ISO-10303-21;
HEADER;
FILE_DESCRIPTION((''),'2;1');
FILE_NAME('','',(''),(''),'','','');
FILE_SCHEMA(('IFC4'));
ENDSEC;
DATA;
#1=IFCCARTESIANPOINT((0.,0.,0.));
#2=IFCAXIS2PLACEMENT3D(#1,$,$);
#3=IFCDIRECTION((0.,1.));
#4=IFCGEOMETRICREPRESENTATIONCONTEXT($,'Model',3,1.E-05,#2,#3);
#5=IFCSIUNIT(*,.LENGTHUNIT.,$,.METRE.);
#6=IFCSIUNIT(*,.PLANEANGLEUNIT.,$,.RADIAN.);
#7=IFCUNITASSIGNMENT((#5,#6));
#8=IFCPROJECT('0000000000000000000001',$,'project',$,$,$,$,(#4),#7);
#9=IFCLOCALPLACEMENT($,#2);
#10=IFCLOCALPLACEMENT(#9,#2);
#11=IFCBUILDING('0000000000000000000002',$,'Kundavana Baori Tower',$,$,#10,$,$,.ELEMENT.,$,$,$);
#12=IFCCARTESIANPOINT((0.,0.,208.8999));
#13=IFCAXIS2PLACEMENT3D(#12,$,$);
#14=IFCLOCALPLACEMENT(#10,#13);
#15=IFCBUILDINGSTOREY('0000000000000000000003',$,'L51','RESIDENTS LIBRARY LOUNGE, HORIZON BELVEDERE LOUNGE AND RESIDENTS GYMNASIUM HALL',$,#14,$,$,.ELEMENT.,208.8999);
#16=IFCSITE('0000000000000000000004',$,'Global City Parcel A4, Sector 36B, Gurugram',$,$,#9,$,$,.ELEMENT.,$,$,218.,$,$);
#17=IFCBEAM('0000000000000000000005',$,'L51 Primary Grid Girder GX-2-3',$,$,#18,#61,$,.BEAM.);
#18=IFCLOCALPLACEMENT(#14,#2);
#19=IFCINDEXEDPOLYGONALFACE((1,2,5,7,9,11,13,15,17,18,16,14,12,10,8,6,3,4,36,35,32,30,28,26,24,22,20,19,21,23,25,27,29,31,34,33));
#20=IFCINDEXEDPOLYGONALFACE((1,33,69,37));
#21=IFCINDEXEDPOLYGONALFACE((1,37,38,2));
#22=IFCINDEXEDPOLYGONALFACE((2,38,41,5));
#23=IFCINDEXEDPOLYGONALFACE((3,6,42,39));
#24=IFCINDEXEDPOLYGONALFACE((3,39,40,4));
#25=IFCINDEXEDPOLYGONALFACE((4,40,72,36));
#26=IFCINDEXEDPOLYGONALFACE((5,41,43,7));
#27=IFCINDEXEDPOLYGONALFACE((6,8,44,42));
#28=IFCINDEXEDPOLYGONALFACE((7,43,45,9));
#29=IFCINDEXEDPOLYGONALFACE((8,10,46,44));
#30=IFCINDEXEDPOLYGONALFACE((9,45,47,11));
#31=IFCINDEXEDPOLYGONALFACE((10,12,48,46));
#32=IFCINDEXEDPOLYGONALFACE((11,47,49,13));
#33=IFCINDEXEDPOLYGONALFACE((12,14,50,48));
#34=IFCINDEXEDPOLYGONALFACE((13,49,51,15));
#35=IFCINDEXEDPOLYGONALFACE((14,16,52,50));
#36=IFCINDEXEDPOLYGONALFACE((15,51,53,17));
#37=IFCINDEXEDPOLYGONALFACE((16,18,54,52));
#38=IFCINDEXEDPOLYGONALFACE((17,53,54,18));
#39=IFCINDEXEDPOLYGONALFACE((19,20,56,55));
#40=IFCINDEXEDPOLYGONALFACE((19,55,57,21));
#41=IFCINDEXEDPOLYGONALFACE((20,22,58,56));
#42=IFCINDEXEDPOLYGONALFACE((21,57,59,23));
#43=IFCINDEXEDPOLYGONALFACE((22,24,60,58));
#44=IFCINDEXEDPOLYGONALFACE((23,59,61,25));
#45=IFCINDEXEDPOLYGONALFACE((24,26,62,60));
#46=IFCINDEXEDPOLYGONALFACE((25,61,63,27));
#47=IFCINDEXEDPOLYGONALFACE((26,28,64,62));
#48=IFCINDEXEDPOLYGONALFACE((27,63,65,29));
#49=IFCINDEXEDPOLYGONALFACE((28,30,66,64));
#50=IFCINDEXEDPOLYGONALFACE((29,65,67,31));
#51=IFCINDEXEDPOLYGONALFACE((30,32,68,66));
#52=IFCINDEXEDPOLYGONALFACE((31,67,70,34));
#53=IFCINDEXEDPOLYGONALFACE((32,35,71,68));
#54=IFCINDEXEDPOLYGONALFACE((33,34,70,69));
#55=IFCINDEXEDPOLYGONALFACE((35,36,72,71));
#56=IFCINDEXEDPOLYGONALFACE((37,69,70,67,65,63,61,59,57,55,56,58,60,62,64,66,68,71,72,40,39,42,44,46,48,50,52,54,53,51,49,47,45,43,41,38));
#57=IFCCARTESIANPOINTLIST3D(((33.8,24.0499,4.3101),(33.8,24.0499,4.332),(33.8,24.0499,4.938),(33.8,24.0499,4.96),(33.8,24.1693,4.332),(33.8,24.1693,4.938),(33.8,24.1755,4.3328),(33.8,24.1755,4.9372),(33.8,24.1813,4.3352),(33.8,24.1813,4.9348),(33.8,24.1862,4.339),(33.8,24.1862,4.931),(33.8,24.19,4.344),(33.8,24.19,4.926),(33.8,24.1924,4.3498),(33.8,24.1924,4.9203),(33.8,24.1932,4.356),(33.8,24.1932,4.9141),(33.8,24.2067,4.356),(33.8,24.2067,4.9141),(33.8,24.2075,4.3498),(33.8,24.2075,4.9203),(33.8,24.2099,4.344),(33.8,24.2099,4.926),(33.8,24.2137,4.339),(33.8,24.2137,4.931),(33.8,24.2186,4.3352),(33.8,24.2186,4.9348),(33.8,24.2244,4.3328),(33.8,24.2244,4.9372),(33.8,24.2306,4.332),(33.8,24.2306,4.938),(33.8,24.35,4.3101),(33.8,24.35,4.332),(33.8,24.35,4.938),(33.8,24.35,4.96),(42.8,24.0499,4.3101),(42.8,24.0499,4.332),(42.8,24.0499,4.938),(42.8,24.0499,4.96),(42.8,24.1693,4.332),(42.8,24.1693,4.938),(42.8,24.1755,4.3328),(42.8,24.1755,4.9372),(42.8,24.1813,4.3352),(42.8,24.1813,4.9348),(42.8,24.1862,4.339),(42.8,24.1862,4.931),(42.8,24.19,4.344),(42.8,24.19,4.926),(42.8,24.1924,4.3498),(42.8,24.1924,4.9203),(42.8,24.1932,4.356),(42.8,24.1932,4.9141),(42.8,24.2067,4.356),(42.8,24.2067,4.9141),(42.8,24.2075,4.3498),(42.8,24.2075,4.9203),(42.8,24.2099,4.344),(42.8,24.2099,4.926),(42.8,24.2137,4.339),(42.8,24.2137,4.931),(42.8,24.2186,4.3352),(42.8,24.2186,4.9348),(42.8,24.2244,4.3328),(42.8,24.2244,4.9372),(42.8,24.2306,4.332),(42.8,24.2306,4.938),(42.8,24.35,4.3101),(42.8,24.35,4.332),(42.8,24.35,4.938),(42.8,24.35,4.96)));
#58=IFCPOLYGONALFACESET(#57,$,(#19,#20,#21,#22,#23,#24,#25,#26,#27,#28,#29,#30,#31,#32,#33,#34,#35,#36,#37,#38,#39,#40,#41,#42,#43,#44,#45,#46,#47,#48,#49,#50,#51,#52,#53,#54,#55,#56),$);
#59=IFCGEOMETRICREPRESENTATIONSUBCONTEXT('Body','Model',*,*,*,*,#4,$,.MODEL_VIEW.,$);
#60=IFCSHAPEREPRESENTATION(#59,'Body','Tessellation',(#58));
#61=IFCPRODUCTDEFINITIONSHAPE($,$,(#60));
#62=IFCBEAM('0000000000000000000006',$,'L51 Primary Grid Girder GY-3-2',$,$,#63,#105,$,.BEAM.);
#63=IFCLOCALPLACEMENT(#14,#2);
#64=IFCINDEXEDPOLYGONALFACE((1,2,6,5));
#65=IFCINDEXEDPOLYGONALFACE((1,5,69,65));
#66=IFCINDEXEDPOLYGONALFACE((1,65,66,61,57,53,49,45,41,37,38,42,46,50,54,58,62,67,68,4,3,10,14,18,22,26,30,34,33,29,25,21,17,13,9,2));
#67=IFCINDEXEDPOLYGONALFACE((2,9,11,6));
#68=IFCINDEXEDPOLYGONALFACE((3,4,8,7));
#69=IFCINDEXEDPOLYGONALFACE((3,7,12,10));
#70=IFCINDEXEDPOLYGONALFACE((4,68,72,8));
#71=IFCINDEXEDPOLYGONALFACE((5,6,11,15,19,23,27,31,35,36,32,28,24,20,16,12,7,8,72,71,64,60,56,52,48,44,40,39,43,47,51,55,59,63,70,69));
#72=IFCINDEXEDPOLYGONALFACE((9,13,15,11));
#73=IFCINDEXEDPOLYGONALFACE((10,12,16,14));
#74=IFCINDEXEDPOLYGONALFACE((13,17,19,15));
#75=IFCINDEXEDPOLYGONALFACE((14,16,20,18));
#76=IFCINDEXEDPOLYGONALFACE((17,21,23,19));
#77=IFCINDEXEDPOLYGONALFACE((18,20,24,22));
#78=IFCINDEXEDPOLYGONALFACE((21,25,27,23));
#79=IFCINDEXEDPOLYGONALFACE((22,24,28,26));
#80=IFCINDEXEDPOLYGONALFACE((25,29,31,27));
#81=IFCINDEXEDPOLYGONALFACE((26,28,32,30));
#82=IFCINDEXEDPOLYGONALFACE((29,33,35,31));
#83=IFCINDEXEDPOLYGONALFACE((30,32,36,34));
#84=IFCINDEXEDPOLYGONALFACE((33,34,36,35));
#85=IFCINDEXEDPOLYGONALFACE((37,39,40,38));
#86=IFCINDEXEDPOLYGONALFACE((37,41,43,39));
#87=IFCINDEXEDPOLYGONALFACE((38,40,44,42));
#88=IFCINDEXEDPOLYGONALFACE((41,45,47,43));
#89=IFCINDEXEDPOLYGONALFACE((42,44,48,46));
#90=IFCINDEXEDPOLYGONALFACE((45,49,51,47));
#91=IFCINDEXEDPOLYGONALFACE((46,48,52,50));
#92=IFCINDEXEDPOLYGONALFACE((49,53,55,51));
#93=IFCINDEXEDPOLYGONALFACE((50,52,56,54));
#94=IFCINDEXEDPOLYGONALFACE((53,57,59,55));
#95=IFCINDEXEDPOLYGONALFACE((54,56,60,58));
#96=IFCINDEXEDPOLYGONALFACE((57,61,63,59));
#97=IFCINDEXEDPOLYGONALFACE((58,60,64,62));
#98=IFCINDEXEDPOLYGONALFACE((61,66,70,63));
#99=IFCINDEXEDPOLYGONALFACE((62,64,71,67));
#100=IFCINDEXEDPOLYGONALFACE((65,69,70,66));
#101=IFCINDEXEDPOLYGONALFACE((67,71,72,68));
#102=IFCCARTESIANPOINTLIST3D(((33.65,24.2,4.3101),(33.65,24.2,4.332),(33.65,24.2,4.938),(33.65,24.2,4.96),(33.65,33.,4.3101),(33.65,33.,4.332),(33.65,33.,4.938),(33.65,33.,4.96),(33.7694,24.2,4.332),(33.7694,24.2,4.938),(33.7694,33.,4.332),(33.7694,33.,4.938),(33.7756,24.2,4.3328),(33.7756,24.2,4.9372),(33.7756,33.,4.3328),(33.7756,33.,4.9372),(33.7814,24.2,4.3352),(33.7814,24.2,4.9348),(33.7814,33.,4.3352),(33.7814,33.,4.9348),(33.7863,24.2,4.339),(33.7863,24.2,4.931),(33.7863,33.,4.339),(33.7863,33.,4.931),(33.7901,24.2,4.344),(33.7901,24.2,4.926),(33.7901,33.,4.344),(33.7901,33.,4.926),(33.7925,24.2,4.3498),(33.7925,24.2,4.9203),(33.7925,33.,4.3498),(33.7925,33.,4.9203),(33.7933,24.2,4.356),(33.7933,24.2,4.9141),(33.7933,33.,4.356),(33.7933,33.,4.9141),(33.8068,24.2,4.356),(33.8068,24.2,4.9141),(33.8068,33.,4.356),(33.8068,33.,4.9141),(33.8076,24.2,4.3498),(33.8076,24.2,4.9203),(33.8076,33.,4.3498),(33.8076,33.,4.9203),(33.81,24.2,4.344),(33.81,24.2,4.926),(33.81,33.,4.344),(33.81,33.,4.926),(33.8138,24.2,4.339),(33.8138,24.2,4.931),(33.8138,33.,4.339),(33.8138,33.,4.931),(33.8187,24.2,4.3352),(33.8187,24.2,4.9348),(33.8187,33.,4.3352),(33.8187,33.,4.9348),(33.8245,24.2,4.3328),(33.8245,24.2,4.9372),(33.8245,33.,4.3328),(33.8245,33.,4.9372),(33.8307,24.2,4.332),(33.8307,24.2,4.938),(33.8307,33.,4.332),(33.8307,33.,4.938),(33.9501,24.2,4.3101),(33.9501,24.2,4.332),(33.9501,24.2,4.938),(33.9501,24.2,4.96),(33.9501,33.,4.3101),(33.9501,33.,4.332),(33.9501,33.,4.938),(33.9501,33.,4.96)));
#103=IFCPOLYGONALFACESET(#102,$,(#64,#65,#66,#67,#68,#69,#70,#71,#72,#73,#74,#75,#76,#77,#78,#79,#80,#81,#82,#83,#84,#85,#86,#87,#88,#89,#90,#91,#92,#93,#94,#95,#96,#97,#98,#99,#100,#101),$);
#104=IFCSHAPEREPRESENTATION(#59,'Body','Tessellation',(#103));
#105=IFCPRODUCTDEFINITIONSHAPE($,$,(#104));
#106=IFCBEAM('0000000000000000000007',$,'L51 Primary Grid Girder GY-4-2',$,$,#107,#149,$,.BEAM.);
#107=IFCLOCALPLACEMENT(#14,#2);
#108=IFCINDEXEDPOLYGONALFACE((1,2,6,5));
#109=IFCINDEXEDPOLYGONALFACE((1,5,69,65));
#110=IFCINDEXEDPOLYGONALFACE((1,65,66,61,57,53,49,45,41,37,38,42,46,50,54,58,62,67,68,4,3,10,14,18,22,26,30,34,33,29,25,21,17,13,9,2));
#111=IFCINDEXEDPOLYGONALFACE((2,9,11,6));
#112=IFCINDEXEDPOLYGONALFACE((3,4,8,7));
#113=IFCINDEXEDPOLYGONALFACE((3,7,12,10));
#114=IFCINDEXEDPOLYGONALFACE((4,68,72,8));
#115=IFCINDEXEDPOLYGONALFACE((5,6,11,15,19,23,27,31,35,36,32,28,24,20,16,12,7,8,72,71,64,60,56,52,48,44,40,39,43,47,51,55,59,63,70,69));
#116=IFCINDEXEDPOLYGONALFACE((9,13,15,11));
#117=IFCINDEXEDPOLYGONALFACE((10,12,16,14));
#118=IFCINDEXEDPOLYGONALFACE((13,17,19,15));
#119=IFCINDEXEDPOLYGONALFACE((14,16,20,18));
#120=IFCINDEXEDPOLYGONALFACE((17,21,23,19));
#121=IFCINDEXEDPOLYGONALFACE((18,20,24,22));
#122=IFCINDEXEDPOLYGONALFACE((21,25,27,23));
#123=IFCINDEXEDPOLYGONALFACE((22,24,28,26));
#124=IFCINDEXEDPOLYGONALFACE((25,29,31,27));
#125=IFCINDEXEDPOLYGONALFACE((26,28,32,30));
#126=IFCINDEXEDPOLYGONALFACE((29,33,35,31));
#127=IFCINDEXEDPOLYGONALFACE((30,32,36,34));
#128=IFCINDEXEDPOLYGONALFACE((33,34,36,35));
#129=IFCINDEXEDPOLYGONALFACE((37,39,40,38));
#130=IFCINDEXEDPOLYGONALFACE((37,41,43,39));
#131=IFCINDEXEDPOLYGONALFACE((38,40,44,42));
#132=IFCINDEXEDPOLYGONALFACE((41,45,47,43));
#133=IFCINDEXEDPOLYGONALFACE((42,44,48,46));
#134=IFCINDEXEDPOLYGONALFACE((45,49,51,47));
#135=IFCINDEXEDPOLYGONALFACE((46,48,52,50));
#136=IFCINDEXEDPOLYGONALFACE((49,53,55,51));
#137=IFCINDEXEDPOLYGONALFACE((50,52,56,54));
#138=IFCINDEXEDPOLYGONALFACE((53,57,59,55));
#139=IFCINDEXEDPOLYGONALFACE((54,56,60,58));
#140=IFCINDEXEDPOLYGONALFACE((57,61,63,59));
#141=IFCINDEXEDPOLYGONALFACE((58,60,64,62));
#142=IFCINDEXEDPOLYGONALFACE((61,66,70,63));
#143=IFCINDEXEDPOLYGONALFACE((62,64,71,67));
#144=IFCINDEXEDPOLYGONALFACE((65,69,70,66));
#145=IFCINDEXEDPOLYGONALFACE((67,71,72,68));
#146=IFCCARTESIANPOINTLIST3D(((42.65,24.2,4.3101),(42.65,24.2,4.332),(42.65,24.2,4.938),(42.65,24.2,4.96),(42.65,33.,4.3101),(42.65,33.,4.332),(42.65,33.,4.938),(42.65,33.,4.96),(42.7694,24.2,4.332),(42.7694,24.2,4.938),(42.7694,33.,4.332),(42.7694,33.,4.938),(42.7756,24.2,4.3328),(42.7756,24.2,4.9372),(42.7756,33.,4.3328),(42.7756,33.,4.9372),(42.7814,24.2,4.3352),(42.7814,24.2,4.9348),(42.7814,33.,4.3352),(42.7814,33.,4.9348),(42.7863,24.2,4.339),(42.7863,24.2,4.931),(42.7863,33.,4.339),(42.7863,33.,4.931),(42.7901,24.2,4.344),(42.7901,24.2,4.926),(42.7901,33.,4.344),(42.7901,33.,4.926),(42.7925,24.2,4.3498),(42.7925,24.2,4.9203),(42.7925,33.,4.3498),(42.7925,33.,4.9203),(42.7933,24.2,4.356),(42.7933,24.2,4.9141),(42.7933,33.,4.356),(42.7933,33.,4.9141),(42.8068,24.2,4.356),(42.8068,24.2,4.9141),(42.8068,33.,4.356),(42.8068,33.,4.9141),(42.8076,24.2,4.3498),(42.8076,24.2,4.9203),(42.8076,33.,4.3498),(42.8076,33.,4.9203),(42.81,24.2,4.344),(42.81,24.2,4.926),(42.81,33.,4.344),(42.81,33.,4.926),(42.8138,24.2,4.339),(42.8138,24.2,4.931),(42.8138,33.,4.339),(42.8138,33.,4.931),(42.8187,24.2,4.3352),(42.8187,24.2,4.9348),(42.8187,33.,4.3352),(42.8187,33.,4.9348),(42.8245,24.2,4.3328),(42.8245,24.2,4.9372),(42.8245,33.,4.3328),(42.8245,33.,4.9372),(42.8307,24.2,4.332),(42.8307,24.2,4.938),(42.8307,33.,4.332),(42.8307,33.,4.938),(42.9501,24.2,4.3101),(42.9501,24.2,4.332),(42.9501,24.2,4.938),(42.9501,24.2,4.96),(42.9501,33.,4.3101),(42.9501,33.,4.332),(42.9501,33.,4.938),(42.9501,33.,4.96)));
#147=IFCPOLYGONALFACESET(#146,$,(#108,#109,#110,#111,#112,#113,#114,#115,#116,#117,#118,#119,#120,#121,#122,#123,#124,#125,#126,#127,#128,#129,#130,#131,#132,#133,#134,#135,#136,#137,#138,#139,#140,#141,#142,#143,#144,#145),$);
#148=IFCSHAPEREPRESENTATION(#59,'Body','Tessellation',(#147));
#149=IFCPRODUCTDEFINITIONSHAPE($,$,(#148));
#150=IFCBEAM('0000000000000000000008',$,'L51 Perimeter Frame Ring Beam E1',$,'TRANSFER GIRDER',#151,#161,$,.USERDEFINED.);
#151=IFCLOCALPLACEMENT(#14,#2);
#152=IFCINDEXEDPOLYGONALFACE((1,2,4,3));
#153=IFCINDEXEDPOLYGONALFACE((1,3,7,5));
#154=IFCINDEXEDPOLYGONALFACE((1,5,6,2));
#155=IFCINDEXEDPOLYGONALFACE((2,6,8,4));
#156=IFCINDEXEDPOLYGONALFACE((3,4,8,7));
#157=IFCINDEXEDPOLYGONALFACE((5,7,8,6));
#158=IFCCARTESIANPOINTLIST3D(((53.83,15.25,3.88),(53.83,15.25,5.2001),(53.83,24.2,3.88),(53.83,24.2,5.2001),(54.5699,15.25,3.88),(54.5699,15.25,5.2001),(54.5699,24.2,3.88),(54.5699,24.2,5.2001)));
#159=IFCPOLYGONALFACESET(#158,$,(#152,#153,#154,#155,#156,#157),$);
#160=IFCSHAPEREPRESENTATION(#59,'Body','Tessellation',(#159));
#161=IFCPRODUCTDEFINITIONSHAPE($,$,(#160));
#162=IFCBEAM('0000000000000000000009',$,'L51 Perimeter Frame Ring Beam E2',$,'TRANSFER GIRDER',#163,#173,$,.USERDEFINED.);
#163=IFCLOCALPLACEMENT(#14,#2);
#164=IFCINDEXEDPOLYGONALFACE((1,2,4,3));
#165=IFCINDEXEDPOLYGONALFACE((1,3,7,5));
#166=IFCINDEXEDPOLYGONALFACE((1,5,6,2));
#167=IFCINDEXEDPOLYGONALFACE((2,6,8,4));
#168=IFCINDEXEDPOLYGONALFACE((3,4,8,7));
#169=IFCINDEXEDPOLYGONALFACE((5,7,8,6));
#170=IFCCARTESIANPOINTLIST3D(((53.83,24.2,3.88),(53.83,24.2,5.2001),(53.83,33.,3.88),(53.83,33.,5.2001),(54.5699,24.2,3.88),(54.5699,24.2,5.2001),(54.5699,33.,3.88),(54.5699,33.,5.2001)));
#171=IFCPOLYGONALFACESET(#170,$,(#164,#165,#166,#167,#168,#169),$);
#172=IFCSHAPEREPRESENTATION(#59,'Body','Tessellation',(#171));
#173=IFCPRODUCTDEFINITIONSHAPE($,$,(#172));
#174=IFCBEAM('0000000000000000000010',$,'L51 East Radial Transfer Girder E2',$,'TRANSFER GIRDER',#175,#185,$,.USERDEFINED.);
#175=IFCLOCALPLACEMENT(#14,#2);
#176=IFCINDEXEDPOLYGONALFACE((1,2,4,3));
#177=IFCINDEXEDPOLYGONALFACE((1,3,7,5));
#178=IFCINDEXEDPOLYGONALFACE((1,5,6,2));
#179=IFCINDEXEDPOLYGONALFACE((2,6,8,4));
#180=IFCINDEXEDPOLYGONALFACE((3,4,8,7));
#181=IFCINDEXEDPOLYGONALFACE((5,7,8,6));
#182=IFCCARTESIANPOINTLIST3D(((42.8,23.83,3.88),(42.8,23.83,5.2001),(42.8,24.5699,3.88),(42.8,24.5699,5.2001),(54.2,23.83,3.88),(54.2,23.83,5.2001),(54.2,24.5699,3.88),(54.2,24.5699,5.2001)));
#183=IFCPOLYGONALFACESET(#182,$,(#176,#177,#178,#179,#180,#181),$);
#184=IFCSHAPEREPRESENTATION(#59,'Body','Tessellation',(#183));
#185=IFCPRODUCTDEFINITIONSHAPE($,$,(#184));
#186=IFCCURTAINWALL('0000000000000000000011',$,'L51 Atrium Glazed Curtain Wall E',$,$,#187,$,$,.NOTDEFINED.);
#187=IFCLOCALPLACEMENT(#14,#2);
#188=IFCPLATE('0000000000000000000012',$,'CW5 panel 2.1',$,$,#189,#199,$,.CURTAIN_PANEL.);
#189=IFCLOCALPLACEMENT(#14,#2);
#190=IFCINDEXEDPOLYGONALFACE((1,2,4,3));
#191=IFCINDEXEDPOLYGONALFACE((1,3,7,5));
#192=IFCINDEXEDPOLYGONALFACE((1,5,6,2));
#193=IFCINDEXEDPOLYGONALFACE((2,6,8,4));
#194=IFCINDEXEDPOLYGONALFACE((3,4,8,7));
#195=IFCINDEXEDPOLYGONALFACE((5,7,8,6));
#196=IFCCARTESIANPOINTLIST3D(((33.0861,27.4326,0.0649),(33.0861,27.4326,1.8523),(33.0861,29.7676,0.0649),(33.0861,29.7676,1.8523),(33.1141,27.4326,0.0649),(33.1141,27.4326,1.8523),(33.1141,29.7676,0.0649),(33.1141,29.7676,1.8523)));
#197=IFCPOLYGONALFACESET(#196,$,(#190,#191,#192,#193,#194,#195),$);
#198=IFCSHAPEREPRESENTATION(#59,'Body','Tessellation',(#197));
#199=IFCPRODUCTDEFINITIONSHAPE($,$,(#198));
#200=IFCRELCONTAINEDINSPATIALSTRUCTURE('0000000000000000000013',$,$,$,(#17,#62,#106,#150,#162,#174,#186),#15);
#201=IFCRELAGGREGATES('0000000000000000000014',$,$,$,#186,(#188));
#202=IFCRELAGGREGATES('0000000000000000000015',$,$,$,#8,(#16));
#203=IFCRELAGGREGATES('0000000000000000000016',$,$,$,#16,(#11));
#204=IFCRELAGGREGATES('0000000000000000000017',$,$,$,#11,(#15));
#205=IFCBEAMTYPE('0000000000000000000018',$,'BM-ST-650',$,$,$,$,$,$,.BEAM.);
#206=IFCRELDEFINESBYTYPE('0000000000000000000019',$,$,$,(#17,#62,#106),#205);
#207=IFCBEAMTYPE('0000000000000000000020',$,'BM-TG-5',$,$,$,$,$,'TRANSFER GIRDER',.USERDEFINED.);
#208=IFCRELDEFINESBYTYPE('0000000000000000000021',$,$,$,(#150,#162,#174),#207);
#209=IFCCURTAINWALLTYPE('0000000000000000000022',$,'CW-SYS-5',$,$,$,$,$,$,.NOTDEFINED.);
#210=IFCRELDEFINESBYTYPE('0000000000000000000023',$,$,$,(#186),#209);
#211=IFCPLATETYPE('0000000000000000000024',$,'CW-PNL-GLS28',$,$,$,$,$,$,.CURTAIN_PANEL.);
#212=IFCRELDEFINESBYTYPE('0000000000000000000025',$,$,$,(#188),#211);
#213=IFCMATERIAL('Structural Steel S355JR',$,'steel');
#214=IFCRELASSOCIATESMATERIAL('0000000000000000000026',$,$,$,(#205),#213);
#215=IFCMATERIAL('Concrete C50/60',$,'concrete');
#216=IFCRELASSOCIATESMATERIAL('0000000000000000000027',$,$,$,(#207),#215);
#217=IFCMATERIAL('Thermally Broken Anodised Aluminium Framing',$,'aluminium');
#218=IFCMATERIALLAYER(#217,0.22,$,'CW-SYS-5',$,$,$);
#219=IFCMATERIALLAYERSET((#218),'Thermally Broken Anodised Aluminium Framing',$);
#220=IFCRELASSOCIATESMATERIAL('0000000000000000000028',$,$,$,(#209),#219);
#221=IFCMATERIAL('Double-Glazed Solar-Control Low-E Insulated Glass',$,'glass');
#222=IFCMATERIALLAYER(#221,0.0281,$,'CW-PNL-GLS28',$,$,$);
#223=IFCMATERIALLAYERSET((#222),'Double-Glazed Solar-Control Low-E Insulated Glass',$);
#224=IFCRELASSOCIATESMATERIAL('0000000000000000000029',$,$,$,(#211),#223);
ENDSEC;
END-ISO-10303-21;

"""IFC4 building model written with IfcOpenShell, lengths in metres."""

from ifc_helpers import new_model, si_unit, direction, frame, origin, origin_2d, place, context, subcontext, project, spatial, rectangle, i_section, extrude, material, layer, layer_set, material_profile, profile_set, type_object, element, aggregate, save


model = new_model("IFC4")

# Units and contexts
model_context = context("Model", 3, precision=1e-05, world=origin(), true_north=direction((0.0, 1.0)))
body_context = subcontext(model_context, "Body", "Model", "MODEL_VIEW")
ifc_project = project(units=[si_unit("LENGTHUNIT", "METRE"), si_unit("PLANEANGLEUNIT", "RADIAN")], contexts=[model_context])

# Site, building, storey
site_placement = place(None, origin())
site = spatial("IfcSite", under=ifc_project, at=site_placement, Name="Global City Parcel A4, Sector 36B, Gurugram", CompositionType="ELEMENT", RefElevation=218.0)
building_placement = place(site_placement, origin())
building = spatial("IfcBuilding", under=site, at=building_placement, Name="Kundavana Baori Tower", CompositionType="ELEMENT")
storey_placement = place(building_placement, frame((0.0, 0.0, 208.8999)))
storey = spatial("IfcBuildingStorey", under=building, at=storey_placement, Name="L51", Description="RESIDENTS LIBRARY LOUNGE, HORIZON BELVEDERE LOUNGE AND RESIDENTS GYMNASIUM HALL", CompositionType="ELEMENT", Elevation=208.8999)

# Beams
ifc_material_1 = material(Name="Structural Steel S355JR", Category="steel")
ifc_material_profile_1 = material_profile(ifc_material_1, i_section(OverallWidth=0.3, OverallDepth=0.6499, WebThickness=0.0134, FlangeThickness=0.022, FilletRadius=0.0239, at=origin_2d()), Name="NPB 650x300x155")
ifc_profile_set_1 = profile_set([ifc_material_profile_1], Name="Structural Steel S355JR")
beam_type_1 = type_object("IfcBeamType", Name="BM-ST-650", PredefinedType="BEAM", material=ifc_profile_set_1)
beam_1_placement = place(storey_placement, frame((33.8, 24.2, 4.635), z_axis=(1.0, 0.0, 0.0), x_axis=(0.0, 1.0, 0.0)))
element("IfcBeam", 1, at=beam_1_placement, inside=storey, type_object=beam_type_1, Name="L51 Primary Grid Girder GX-2-3", PredefinedType="BEAM", context=body_context, shape_type="SweptSolid", body=[
    extrude(i_section(OverallWidth=0.3, OverallDepth=0.6499, WebThickness=0.0134, FlangeThickness=0.022, FilletRadius=0.0239, at=origin_2d()), origin(), (0.0, 0.0, 1.0), 9.0),
])
for number, where, z_axis, x_axis, name in (
    (2, (33.8, 24.2, 4.635), (0.0, 1.0, 0.0), (-1.0, 0.0, 0.0), "L51 Primary Grid Girder GY-3-2"),
    (3, (42.8, 24.2, 4.635), (0.0, 1.0, 0.0), (-1.0, 0.0, 0.0), "L51 Primary Grid Girder GY-4-2"),
):
    element("IfcBeam", number, at=place(storey_placement, frame(where, z_axis=z_axis, x_axis=x_axis)), inside=storey, type_object=beam_type_1, Name=name, PredefinedType="BEAM", context=body_context, shape_type="SweptSolid", body=[
        extrude(i_section(OverallWidth=0.3, OverallDepth=0.6499, WebThickness=0.0134, FlangeThickness=0.022, FilletRadius=0.0239, at=origin_2d()), origin(), (0.0, 0.0, 1.0), 8.8),
    ])
ifc_material_2 = material(Name="Concrete C50/60", Category="concrete")
ifc_material_profile_2 = material_profile(ifc_material_2, rectangle(XDim=0.74, YDim=1.3201, at=origin_2d()), Name="BM-TG-5")
ifc_profile_set_2 = profile_set([ifc_material_profile_2], Name="Concrete C50/60")
beam_type_2 = type_object("IfcBeamType", Name="BM-TG-5", ElementType="TRANSFER GIRDER", PredefinedType="USERDEFINED", material=ifc_profile_set_2)
beam_2_placement = place(storey_placement, frame((54.2, 15.25, 4.54), z_axis=(0.0, 1.0, 0.0), x_axis=(-1.0, 0.0, 0.0)))
element("IfcBeam", 4, at=beam_2_placement, inside=storey, type_object=beam_type_2, Name="L51 Perimeter Frame Ring Beam E1", ObjectType="TRANSFER GIRDER", PredefinedType="USERDEFINED", context=body_context, shape_type="SweptSolid", body=[
    extrude(rectangle(XDim=0.74, YDim=1.3201, at=origin_2d()), origin(), (0.0, 0.0, 1.0), 8.95),
])
beam_3_placement = place(storey_placement, frame((54.2, 24.2, 4.54), z_axis=(0.0, 1.0, 0.0), x_axis=(-1.0, 0.0, 0.0)))
element("IfcBeam", 5, at=beam_3_placement, inside=storey, type_object=beam_type_2, Name="L51 Perimeter Frame Ring Beam E2", ObjectType="TRANSFER GIRDER", PredefinedType="USERDEFINED", context=body_context, shape_type="SweptSolid", body=[
    extrude(rectangle(XDim=0.74, YDim=1.3201, at=origin_2d()), origin(), (0.0, 0.0, 1.0), 8.8),
])
beam_4_placement = place(storey_placement, frame((42.8, 24.2, 4.54), z_axis=(1.0, 0.0, 0.0), x_axis=(0.0, 1.0, 0.0)))
element("IfcBeam", 6, at=beam_4_placement, inside=storey, type_object=beam_type_2, Name="L51 East Radial Transfer Girder E2", ObjectType="TRANSFER GIRDER", PredefinedType="USERDEFINED", context=body_context, shape_type="SweptSolid", body=[
    extrude(rectangle(XDim=0.74, YDim=1.3201, at=origin_2d()), origin(), (0.0, 0.0, 1.0), 11.3999),
])

# Curtain wall, plate
ifc_material_3 = material(Name="Thermally Broken Anodised Aluminium Framing", Category="aluminium")
ifc_layer_1 = layer(ifc_material_3, 0.22, Name="CW-SYS-5")
ifc_layer_set_1 = layer_set([ifc_layer_1], Name="Thermally Broken Anodised Aluminium Framing")
curtain_wall_type = type_object("IfcCurtainWallType", Name="CW-SYS-5", PredefinedType="NOTDEFINED", material=ifc_layer_set_1)
curtain_wall_placement = place(storey_placement, origin())
curtain_wall = element("IfcCurtainWall", 7, at=curtain_wall_placement, inside=storey, type_object=curtain_wall_type, Name="L51 Atrium Glazed Curtain Wall E", PredefinedType="NOTDEFINED")
ifc_material_4 = material(Name="Double-Glazed Solar-Control Low-E Insulated Glass", Category="glass")
ifc_layer_2 = layer(ifc_material_4, 0.0281, Name="CW-PNL-GLS28")
ifc_layer_set_2 = layer_set([ifc_layer_2], Name="Double-Glazed Solar-Control Low-E Insulated Glass")
plate_type = type_object("IfcPlateType", Name="CW-PNL-GLS28", PredefinedType="CURTAIN_PANEL", material=ifc_layer_set_2)
plate_1_placement = place(storey_placement, frame((33.1001, 28.6001, 0.0649), z_axis=(0.0, 0.0, 1.0), x_axis=(0.0, 1.0, 0.0)))
plate_1 = element("IfcPlate", 8, at=plate_1_placement, type_object=plate_type, Name="CW5 panel 2.1", PredefinedType="CURTAIN_PANEL", context=body_context, shape_type="SweptSolid", body=[
    extrude(rectangle(XDim=2.335, YDim=0.0281, at=origin_2d()), origin(), (0.0, 0.0, 1.0), 1.7874),
])
aggregate(curtain_wall, [plate_1])

save(model, "model.ifc")
